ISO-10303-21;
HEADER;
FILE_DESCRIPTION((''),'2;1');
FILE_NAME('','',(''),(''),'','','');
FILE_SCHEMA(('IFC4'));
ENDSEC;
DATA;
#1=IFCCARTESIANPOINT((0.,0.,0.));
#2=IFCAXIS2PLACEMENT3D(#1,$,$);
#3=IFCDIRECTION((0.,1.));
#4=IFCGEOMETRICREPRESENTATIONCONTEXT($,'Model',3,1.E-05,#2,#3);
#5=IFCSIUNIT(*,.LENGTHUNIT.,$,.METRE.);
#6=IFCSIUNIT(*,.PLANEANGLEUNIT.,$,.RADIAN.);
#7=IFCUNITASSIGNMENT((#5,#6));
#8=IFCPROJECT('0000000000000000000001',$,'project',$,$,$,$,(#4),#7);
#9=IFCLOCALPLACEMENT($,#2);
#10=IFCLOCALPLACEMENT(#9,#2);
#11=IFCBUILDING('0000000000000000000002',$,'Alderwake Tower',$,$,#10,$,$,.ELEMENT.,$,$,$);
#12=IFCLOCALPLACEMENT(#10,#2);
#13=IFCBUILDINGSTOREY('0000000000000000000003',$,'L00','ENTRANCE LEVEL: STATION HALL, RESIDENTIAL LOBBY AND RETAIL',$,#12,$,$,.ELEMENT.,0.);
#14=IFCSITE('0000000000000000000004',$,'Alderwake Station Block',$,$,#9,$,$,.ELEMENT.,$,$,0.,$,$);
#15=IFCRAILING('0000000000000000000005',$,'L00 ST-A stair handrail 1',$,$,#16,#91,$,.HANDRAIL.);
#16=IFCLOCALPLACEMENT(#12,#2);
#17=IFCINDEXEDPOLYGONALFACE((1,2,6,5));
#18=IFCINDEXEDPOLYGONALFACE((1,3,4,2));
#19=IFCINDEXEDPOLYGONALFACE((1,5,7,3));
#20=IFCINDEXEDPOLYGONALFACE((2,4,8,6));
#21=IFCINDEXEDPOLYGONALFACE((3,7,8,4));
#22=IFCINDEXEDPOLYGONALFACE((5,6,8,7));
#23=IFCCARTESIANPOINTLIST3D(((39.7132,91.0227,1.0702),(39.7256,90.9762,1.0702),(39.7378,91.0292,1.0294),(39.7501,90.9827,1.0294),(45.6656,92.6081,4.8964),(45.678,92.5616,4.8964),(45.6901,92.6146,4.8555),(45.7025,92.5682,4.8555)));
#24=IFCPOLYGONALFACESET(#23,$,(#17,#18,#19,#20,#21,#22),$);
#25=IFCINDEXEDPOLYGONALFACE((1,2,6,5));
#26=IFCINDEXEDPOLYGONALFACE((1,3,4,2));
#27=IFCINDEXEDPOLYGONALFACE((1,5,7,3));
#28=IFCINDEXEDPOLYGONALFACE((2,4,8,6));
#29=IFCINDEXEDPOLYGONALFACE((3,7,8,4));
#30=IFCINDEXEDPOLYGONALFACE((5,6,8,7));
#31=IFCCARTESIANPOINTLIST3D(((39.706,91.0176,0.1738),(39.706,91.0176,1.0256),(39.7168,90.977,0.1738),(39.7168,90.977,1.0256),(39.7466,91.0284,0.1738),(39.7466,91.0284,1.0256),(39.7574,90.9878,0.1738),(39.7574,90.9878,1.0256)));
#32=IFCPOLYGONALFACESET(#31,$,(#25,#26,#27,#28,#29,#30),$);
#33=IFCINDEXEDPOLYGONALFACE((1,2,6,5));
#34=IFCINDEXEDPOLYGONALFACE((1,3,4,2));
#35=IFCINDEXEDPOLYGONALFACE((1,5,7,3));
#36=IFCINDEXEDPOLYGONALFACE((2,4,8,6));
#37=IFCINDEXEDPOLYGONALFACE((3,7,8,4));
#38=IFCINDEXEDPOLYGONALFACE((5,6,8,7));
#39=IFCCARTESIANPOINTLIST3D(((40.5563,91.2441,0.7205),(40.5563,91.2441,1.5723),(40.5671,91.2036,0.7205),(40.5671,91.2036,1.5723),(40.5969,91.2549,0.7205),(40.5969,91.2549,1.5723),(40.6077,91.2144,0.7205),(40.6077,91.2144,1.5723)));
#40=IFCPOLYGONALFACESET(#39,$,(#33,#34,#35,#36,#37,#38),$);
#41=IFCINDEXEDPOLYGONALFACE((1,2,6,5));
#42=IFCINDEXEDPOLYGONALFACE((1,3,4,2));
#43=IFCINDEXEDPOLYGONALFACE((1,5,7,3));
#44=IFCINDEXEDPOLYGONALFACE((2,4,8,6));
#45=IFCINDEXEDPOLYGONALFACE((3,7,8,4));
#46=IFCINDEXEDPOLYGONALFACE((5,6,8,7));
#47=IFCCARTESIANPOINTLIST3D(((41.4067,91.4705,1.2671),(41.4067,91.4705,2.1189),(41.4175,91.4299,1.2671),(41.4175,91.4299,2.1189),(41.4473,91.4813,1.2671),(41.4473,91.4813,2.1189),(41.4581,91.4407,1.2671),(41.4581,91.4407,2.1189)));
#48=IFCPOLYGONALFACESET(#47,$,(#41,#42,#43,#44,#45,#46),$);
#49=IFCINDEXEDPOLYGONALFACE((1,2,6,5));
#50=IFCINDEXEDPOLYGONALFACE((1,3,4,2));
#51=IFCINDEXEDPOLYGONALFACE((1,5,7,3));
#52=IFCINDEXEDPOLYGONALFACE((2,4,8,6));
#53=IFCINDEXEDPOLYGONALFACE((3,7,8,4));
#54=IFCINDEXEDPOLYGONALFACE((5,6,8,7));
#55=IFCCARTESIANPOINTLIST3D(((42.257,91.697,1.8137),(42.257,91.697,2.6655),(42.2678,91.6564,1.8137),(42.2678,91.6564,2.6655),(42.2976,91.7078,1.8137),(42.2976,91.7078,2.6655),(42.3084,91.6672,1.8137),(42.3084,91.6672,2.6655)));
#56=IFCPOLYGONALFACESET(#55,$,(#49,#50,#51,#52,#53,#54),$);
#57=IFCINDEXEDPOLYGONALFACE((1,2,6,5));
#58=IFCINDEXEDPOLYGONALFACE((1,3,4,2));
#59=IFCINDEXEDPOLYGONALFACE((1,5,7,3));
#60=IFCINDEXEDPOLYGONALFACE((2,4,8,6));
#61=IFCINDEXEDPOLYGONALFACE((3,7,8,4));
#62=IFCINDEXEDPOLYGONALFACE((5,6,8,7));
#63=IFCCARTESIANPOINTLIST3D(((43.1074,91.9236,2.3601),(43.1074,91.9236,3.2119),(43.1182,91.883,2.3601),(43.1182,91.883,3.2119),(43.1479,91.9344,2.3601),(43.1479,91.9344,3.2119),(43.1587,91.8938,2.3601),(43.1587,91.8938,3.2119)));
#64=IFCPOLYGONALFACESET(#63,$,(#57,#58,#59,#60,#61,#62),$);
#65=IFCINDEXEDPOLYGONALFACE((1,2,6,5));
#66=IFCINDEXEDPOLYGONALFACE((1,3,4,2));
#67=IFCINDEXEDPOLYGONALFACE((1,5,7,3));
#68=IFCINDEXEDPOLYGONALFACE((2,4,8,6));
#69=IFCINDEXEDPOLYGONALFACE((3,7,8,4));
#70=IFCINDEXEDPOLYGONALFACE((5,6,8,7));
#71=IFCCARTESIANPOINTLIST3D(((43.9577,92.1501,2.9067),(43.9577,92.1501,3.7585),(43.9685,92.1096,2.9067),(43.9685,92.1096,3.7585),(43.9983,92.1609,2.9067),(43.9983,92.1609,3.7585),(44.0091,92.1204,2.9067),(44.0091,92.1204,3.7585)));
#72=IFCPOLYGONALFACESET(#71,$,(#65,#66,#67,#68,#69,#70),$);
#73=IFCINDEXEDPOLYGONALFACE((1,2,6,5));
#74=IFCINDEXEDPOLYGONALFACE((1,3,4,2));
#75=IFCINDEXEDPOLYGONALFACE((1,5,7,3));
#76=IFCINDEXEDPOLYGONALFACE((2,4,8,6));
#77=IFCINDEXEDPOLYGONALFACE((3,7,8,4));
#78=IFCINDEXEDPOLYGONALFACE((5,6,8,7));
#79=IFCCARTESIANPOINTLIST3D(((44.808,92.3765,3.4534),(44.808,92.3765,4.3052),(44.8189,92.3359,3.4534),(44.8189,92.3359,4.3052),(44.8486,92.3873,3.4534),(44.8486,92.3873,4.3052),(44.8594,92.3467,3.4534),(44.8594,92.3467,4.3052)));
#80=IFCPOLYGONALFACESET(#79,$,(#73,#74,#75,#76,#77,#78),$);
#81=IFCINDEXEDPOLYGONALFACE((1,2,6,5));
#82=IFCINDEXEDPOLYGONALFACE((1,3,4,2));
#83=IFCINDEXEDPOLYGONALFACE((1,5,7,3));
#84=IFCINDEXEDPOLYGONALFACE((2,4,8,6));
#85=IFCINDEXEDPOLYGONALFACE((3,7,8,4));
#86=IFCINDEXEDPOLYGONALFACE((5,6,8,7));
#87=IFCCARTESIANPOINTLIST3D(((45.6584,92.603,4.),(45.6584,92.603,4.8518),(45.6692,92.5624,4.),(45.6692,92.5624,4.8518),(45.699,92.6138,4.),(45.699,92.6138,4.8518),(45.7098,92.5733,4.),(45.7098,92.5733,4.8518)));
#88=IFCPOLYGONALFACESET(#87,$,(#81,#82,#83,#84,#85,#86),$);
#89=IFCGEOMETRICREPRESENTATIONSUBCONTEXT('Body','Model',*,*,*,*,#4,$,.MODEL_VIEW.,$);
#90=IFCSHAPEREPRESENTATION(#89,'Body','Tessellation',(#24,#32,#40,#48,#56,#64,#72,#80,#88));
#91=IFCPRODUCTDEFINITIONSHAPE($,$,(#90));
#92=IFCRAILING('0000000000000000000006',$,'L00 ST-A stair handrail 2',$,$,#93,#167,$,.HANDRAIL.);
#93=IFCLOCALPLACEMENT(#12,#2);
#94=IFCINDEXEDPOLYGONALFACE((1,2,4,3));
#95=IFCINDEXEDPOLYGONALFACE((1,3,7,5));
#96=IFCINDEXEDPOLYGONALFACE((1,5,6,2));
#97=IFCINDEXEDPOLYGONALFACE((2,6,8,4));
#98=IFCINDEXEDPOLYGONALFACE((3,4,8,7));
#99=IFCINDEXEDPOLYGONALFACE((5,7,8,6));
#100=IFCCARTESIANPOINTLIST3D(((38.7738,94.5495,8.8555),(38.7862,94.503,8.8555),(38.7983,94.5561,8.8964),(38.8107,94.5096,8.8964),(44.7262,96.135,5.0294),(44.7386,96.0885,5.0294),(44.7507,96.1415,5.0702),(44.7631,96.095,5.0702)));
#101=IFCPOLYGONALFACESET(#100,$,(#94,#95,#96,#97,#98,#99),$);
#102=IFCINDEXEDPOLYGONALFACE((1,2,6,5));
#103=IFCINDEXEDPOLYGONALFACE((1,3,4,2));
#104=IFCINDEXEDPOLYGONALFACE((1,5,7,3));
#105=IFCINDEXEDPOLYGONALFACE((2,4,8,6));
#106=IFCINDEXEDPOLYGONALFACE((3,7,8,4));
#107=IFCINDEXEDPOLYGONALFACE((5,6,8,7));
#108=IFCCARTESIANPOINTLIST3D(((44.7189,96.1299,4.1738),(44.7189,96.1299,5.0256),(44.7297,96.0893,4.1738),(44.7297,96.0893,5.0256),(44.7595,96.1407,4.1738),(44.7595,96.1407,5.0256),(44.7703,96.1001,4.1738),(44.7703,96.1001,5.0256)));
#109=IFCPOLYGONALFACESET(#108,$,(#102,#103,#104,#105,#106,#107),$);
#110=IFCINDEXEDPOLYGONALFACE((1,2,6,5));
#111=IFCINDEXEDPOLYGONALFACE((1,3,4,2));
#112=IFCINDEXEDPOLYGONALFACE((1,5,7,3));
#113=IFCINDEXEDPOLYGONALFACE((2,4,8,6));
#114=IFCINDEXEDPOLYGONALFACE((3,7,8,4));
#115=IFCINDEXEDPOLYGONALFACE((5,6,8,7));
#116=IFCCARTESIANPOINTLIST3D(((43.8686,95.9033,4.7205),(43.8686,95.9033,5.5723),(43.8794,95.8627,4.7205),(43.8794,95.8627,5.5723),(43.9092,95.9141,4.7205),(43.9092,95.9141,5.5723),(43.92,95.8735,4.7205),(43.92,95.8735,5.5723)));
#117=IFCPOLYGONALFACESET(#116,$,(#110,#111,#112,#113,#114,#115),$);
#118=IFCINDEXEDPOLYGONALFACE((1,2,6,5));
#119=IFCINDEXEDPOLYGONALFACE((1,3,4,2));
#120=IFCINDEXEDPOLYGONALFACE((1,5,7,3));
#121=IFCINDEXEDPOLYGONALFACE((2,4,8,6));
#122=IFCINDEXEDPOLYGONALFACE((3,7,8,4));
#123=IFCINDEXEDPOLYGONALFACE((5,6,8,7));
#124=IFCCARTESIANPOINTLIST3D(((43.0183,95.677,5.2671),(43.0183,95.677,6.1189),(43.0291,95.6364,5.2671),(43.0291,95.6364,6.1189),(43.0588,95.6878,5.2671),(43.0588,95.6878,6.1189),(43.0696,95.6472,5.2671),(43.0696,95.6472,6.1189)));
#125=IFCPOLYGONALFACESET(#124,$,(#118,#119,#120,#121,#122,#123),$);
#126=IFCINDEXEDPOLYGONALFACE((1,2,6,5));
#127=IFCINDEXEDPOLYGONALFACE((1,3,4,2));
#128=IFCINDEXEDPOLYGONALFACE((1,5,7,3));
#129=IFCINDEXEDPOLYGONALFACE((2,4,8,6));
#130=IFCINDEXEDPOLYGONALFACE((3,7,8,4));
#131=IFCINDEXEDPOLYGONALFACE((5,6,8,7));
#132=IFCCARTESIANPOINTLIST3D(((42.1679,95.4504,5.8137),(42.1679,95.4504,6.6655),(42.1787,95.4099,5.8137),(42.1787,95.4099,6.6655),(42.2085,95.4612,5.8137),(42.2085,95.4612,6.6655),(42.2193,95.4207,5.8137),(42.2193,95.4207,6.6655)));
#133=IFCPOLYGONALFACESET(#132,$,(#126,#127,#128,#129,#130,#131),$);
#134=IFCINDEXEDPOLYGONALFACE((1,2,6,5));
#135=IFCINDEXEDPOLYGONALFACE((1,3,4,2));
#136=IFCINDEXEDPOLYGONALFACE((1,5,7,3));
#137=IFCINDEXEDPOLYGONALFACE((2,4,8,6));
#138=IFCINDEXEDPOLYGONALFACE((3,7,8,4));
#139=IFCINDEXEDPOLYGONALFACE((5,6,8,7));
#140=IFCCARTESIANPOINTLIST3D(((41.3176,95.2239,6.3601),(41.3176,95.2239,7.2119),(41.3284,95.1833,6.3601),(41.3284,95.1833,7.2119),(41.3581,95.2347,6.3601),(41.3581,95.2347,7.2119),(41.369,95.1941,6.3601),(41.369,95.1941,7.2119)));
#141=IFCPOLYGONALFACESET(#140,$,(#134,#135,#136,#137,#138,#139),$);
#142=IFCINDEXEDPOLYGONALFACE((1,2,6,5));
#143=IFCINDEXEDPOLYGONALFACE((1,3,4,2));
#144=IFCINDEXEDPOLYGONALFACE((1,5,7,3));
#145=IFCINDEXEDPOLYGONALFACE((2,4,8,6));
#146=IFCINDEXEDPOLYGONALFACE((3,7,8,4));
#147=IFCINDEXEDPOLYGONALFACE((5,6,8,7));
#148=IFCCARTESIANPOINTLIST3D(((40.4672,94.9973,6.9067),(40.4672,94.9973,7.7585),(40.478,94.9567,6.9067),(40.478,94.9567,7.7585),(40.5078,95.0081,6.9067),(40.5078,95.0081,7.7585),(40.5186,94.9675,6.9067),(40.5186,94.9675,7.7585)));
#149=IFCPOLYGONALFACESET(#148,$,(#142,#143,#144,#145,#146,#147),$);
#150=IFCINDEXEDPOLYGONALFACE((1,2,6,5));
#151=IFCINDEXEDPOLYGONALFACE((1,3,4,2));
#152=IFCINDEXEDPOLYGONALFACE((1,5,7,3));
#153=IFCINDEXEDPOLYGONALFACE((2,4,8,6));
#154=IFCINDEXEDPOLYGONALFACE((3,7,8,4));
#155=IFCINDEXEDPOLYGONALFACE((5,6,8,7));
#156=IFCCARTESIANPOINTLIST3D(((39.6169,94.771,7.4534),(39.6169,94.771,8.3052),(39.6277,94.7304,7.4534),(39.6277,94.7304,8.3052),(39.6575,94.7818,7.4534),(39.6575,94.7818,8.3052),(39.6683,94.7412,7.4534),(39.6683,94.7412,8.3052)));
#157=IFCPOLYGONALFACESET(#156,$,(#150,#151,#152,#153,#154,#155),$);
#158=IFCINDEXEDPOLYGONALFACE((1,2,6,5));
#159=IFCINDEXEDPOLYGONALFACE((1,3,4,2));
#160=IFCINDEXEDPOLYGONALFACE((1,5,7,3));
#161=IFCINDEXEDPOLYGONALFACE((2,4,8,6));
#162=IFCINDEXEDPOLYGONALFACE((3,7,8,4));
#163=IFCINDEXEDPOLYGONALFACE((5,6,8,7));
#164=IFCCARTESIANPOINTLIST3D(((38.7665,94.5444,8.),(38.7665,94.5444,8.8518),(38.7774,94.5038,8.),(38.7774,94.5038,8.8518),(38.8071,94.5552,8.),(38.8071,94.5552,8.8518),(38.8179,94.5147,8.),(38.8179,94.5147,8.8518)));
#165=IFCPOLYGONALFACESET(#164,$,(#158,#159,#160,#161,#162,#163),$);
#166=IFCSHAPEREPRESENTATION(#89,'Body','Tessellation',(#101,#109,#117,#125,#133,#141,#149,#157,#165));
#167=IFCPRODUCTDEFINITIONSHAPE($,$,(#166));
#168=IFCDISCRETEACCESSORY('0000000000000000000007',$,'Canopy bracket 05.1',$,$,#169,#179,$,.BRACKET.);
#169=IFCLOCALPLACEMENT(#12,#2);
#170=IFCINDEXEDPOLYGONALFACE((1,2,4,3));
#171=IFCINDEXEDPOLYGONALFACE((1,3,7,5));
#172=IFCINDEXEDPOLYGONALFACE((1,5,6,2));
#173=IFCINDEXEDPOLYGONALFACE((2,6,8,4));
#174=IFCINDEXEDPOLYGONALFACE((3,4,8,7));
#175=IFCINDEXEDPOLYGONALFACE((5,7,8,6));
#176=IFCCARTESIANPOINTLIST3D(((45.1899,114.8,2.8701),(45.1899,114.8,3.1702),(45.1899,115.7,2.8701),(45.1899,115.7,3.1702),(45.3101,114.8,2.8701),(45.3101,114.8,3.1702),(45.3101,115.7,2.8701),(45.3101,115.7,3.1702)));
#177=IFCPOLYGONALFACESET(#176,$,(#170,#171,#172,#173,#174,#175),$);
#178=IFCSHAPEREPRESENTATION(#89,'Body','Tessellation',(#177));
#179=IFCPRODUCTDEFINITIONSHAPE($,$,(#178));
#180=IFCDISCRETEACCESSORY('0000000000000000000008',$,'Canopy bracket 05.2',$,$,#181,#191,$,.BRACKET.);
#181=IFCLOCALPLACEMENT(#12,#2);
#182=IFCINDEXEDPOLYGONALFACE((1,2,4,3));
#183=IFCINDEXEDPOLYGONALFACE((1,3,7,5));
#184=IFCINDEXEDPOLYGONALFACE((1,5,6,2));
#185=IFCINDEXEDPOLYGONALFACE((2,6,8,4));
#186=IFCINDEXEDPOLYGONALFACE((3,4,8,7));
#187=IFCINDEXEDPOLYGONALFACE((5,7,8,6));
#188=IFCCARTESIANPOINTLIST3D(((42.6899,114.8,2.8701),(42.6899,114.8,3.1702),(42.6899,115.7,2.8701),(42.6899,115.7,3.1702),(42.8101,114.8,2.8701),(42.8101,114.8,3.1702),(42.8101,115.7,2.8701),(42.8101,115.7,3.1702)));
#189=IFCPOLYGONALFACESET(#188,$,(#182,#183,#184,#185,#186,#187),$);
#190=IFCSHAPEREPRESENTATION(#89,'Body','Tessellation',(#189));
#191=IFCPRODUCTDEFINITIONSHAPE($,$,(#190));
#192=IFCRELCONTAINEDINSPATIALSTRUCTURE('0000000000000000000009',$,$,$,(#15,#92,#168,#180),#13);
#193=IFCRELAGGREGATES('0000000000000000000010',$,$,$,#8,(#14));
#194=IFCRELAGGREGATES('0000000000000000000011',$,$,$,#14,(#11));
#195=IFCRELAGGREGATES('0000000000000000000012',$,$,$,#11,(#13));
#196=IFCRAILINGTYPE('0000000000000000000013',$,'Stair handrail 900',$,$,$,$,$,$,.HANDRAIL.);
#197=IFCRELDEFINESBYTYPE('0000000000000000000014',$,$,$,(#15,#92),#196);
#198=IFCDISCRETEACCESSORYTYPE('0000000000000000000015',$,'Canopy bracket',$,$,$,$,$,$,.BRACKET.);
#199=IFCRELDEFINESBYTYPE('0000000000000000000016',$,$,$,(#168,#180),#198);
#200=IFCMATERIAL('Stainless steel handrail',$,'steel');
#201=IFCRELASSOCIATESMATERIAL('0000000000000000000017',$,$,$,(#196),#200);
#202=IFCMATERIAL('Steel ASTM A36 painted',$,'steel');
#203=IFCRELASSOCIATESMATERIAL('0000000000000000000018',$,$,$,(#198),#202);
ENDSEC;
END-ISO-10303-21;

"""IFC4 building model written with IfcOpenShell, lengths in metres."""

from ifc_helpers import new_model, si_unit, direction, frame, origin, origin_2d, place, context, subcontext, project, spatial, rectangle, extrude, material, type_object, element, save


model = new_model("IFC4")

# Units and contexts
model_context = context("Model", 3, precision=1e-05, world=origin(), true_north=direction((0.0, 1.0)))
body_context = subcontext(model_context, "Body", "Model", "MODEL_VIEW")
ifc_project = project(units=[si_unit("LENGTHUNIT", "METRE"), si_unit("PLANEANGLEUNIT", "RADIAN")], contexts=[model_context])

# Site, building, storey
site_placement = place(None, origin())
site = spatial("IfcSite", under=ifc_project, at=site_placement, Name="Alderwake Station Block", CompositionType="ELEMENT", RefElevation=0.0)
building_placement = place(site_placement, origin())
building = spatial("IfcBuilding", under=site, at=building_placement, Name="Alderwake Tower", CompositionType="ELEMENT")
storey_placement = place(building_placement, origin())
storey = spatial("IfcBuildingStorey", under=building, at=storey_placement, Name="L00", Description="ENTRANCE LEVEL: STATION HALL, RESIDENTIAL LOBBY AND RETAIL", CompositionType="ELEMENT", Elevation=0.0)

# Railings
ifc_material_1 = material(Name="Stainless steel handrail", Category="steel")
railing_type_1 = type_object("IfcRailingType", Name="Stair handrail 900", PredefinedType="HANDRAIL", material=ifc_material_1)
railing_1_placement = place(storey_placement, frame((39.7317, 91.0027, 0.1738)))
element("IfcRailing", 1, at=railing_1_placement, inside=storey, type_object=railing_type_1, Name="L00 ST-A stair handrail 1", PredefinedType="HANDRAIL", context=body_context, shape_type="SweptSolid", body=[
    extrude(rectangle(XDim=0.0481, YDim=0.0481, at=origin_2d()), frame((0.0, 0.0, 0.876), z_axis=(0.82085, 0.218637, 0.527639), x_axis=(-0.257381, 0.96631, 0.0)), (0.0, 0.0, 1.0), 7.2515),
    extrude(rectangle(XDim=0.042, YDim=0.042, at=origin_2d()), frame((0.0, 0.0, 0.0), z_axis=(0.0, 0.0, 1.0), x_axis=(0.96631, 0.257381, 0.0)), (0.0, 0.0, 1.0), 0.8518),
    extrude(rectangle(XDim=0.042, YDim=0.042, at=origin_2d()), frame((0.8503, 0.2266, 0.5466), z_axis=(0.0, 0.0, 1.0), x_axis=(0.96631, 0.257381, 0.0)), (0.0, 0.0, 1.0), 0.8518),
    extrude(rectangle(XDim=0.042, YDim=0.042, at=origin_2d()), frame((1.7007, 0.4529, 1.0933), z_axis=(0.0, 0.0, 1.0), x_axis=(0.96631, 0.257381, 0.0)), (0.0, 0.0, 1.0), 0.8518),
    extrude(rectangle(XDim=0.042, YDim=0.042, at=origin_2d()), frame((2.551, 0.6794, 1.6399), z_axis=(0.0, 0.0, 1.0), x_axis=(0.96631, 0.257381, 0.0)), (0.0, 0.0, 1.0), 0.8518),
    extrude(rectangle(XDim=0.042, YDim=0.042, at=origin_2d()), frame((3.4014, 0.906, 2.1863), z_axis=(0.0, 0.0, 1.0), x_axis=(0.96631, 0.257381, 0.0)), (0.0, 0.0, 1.0), 0.8518),
    extrude(rectangle(XDim=0.042, YDim=0.042, at=origin_2d()), frame((4.2517, 1.1326, 2.7329), z_axis=(0.0, 0.0, 1.0), x_axis=(0.96631, 0.257381, 0.0)), (0.0, 0.0, 1.0), 0.8518),
    extrude(rectangle(XDim=0.042, YDim=0.042, at=origin_2d()), frame((5.1021, 1.3589, 3.2795), z_axis=(0.0, 0.0, 1.0), x_axis=(0.96631, 0.257381, 0.0)), (0.0, 0.0, 1.0), 0.8518),
    extrude(rectangle(XDim=0.042, YDim=0.042, at=origin_2d()), frame((5.9524, 1.5854, 3.8262), z_axis=(0.0, 0.0, 1.0), x_axis=(0.96631, 0.257381, 0.0)), (0.0, 0.0, 1.0), 0.8518),
])
railing_2_placement = place(storey_placement, frame((44.7446, 96.115, 4.1738)))
element("IfcRailing", 2, at=railing_2_placement, inside=storey, type_object=railing_type_1, Name="L00 ST-A stair handrail 2", PredefinedType="HANDRAIL", context=body_context, shape_type="SweptSolid", body=[
    extrude(rectangle(XDim=0.0481, YDim=0.0481, at=origin_2d()), frame((0.0, 0.0, 0.876), z_axis=(-0.82085, -0.218637, 0.527639), x_axis=(0.257381, -0.96631, 0.0)), (0.0, 0.0, 1.0), 7.2515),
    extrude(rectangle(XDim=0.042, YDim=0.042, at=origin_2d()), frame((0.0, 0.0, 0.0), z_axis=(0.0, 0.0, 1.0), x_axis=(-0.96631, -0.257381, 0.0)), (0.0, 0.0, 1.0), 0.8518),
    extrude(rectangle(XDim=0.042, YDim=0.042, at=origin_2d()), frame((-0.8503, -0.2266, 0.5466), z_axis=(0.0, 0.0, 1.0), x_axis=(-0.96631, -0.257381, 0.0)), (0.0, 0.0, 1.0), 0.8518),
    extrude(rectangle(XDim=0.042, YDim=0.042, at=origin_2d()), frame((-1.7007, -0.4529, 1.0933), z_axis=(0.0, 0.0, 1.0), x_axis=(-0.96631, -0.257381, 0.0)), (0.0, 0.0, 1.0), 0.8518),
    extrude(rectangle(XDim=0.042, YDim=0.042, at=origin_2d()), frame((-2.551, -0.6794, 1.6399), z_axis=(0.0, 0.0, 1.0), x_axis=(-0.96631, -0.257381, 0.0)), (0.0, 0.0, 1.0), 0.8518),
    extrude(rectangle(XDim=0.042, YDim=0.042, at=origin_2d()), frame((-3.4014, -0.906, 2.1863), z_axis=(0.0, 0.0, 1.0), x_axis=(-0.96631, -0.257381, 0.0)), (0.0, 0.0, 1.0), 0.8518),
    extrude(rectangle(XDim=0.042, YDim=0.042, at=origin_2d()), frame((-4.2517, -1.1326, 2.7329), z_axis=(0.0, 0.0, 1.0), x_axis=(-0.96631, -0.257381, 0.0)), (0.0, 0.0, 1.0), 0.8518),
    extrude(rectangle(XDim=0.042, YDim=0.042, at=origin_2d()), frame((-5.1021, -1.3589, 3.2795), z_axis=(0.0, 0.0, 1.0), x_axis=(-0.96631, -0.257381, 0.0)), (0.0, 0.0, 1.0), 0.8518),
    extrude(rectangle(XDim=0.042, YDim=0.042, at=origin_2d()), frame((-5.9524, -1.5854, 3.8262), z_axis=(0.0, 0.0, 1.0), x_axis=(-0.96631, -0.257381, 0.0)), (0.0, 0.0, 1.0), 0.8518),
])

# Discrete accessories
ifc_material_2 = material(Name="Steel ASTM A36 painted", Category="steel")
discrete_accessory_type = type_object("IfcDiscreteAccessoryType", Name="Canopy bracket", PredefinedType="BRACKET", material=ifc_material_2)
for number, where, z_axis, x_axis, name in (
    (3, (45.25, 115.25, 2.8701), (0.0, 0.0, 1.0), (0.0, -1.0, 0.0), "Canopy bracket 05.1"),
    (4, (42.75, 115.25, 2.8701), (0.0, 0.0, 1.0), (0.0, -1.0, 0.0), "Canopy bracket 05.2"),
):
    element("IfcDiscreteAccessory", number, at=place(storey_placement, frame(where, z_axis=z_axis, x_axis=x_axis)), inside=storey, type_object=discrete_accessory_type, Name=name, PredefinedType="BRACKET", context=body_context, shape_type="SweptSolid", body=[
        extrude(rectangle(XDim=0.8999, YDim=0.1201, at=origin_2d()), origin(), (0.0, 0.0, 1.0), 0.3),
    ])

save(model, "model.ifc")
